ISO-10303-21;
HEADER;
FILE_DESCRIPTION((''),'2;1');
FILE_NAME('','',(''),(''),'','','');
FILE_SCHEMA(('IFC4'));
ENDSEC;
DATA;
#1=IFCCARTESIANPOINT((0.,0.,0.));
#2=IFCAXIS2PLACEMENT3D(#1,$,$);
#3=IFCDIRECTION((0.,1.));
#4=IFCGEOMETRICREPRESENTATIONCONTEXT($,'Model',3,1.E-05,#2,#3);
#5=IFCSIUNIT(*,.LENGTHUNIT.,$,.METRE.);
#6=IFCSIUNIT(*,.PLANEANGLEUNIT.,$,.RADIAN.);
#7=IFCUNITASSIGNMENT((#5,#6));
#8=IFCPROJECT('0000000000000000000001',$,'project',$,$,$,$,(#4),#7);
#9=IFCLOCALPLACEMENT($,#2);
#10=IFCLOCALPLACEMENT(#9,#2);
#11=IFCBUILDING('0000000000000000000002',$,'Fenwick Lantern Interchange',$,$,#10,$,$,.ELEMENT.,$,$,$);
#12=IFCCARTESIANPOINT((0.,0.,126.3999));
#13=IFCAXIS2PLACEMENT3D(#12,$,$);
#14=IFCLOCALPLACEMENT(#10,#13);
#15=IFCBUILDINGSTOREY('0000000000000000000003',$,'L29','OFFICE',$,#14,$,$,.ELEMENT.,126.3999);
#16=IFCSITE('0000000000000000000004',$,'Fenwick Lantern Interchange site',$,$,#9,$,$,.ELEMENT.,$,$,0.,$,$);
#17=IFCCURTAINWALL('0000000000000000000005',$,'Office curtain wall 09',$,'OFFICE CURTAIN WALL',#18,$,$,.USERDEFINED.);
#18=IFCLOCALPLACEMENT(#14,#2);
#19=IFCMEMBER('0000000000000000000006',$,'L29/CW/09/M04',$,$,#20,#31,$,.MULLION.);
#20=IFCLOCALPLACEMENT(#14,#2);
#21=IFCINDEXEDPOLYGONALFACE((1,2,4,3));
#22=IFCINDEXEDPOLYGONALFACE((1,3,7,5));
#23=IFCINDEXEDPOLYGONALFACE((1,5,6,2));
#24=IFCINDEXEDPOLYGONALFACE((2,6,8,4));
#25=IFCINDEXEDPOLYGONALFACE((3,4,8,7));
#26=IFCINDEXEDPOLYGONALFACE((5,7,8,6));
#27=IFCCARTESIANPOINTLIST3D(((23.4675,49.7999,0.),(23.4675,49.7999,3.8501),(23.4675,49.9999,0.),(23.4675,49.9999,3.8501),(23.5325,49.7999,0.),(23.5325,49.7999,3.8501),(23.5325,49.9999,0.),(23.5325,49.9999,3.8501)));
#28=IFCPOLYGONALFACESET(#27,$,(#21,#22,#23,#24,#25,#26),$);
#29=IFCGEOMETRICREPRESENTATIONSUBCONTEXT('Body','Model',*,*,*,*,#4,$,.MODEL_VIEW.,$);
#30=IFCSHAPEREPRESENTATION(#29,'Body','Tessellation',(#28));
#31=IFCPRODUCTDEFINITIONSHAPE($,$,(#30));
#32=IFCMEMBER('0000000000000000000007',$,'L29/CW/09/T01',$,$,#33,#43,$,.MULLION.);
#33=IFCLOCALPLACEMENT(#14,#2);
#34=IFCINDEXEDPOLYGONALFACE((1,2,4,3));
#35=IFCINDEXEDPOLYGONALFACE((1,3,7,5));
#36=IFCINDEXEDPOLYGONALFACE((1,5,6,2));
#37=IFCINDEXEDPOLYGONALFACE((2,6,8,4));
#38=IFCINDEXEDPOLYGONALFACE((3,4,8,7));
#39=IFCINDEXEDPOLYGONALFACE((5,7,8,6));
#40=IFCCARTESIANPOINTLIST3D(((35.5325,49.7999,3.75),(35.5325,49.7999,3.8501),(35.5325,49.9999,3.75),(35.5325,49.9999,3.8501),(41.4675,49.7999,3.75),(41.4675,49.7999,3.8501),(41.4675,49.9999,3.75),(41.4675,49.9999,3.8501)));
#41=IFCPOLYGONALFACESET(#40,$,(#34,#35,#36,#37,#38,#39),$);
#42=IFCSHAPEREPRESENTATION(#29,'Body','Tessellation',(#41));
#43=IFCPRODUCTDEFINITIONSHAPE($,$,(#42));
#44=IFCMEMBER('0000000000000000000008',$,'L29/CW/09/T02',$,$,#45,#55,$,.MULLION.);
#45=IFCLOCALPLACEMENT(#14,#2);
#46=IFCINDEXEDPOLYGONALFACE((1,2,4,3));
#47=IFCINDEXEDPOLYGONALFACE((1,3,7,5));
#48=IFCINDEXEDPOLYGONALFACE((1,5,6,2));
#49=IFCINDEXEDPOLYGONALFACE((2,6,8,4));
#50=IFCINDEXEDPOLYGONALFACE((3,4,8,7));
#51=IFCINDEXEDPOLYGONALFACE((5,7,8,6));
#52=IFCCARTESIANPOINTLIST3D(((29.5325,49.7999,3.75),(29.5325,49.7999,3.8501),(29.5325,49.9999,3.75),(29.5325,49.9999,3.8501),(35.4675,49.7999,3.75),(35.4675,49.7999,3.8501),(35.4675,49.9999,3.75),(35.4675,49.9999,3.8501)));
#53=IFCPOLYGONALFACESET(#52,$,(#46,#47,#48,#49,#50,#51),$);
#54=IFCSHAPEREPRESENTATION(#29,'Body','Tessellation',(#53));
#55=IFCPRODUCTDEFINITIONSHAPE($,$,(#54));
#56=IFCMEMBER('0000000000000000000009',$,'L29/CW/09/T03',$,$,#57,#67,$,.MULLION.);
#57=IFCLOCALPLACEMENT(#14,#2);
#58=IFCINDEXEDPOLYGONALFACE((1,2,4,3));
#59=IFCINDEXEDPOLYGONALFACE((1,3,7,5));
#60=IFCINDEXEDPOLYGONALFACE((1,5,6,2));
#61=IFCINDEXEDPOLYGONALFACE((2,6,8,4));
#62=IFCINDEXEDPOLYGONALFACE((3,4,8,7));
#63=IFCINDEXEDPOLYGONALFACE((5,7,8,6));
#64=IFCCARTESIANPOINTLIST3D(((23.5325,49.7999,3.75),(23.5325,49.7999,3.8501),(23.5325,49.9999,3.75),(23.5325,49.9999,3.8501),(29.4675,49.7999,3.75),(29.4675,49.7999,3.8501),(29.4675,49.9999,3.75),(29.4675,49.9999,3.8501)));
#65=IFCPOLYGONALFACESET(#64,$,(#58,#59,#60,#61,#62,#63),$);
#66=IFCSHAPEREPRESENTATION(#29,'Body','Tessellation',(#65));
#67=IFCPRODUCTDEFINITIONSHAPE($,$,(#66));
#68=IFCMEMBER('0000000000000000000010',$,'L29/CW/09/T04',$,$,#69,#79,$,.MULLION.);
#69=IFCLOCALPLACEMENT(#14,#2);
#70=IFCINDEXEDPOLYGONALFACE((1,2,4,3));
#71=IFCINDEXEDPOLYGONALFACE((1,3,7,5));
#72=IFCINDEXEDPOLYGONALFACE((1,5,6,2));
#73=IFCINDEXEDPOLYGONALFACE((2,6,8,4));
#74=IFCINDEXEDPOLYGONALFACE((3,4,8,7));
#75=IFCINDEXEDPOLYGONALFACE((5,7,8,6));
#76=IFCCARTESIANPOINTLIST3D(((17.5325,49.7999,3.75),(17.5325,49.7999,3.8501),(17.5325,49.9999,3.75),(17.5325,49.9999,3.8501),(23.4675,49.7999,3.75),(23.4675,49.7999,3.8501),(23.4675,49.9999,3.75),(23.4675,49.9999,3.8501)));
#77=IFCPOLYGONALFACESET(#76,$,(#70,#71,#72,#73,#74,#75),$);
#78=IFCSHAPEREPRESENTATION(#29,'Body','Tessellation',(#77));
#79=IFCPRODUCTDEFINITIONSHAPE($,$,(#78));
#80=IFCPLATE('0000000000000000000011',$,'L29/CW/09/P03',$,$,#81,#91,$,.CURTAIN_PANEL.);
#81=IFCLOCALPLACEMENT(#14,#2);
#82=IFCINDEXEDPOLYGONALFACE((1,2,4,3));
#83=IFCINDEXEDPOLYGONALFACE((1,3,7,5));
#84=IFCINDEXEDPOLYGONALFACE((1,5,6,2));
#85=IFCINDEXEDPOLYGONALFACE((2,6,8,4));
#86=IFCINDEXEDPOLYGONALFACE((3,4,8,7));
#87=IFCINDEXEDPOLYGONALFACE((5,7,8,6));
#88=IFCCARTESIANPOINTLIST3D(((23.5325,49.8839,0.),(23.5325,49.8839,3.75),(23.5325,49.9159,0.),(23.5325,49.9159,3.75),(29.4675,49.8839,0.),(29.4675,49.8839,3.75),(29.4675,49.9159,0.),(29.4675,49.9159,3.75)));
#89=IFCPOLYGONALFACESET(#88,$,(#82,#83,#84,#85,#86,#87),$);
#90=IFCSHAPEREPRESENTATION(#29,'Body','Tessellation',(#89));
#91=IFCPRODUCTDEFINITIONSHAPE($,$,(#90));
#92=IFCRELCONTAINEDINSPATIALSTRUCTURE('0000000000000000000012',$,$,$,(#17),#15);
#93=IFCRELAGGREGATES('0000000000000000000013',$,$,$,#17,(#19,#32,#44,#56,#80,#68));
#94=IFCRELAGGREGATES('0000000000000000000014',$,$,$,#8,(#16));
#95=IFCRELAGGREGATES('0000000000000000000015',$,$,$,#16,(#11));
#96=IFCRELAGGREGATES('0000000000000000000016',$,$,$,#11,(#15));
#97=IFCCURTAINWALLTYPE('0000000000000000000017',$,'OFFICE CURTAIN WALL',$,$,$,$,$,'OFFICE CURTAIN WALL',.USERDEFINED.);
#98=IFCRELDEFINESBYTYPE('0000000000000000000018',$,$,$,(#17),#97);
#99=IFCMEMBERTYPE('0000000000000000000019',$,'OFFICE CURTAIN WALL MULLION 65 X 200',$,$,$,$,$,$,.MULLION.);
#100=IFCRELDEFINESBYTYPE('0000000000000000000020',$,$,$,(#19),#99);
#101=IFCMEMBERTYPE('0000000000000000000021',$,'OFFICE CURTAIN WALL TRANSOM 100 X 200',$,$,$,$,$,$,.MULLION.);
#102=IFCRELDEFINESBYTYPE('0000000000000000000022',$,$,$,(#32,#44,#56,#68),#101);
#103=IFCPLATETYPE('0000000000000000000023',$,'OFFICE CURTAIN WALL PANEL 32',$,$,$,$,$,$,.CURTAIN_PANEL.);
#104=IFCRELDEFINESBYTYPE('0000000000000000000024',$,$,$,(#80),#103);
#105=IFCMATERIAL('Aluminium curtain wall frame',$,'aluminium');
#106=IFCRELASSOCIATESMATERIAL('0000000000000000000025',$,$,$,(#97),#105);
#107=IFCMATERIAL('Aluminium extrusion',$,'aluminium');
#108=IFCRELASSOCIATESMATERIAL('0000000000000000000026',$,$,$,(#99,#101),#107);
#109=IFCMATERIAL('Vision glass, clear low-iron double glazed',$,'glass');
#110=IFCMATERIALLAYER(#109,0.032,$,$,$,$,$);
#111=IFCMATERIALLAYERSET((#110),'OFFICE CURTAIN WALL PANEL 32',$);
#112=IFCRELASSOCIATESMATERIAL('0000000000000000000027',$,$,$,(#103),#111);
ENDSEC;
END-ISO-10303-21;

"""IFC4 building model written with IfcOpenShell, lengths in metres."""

from ifc_helpers import new_model, si_unit, direction, frame, origin, origin_2d, place, context, subcontext, project, spatial, rectangle, extrude, material, layer, layer_set, material_profile, profile_set, type_object, element, aggregate, save


model = new_model("IFC4")

# Units and contexts
model_context = context("Model", 3, precision=1e-05, world=origin(), true_north=direction((0.0, 1.0)))
body_context = subcontext(model_context, "Body", "Model", "MODEL_VIEW")
ifc_project = project(units=[si_unit("LENGTHUNIT", "METRE"), si_unit("PLANEANGLEUNIT", "RADIAN")], contexts=[model_context])

# Site, building, storey
site_placement = place(None, origin())
site = spatial("IfcSite", under=ifc_project, at=site_placement, Name="Fenwick Lantern Interchange site", CompositionType="ELEMENT", RefElevation=0.0)
building_placement = place(site_placement, origin())
building = spatial("IfcBuilding", under=site, at=building_placement, Name="Fenwick Lantern Interchange", CompositionType="ELEMENT")
storey_placement = place(building_placement, frame((0.0, 0.0, 126.3999)))
storey = spatial("IfcBuildingStorey", under=building, at=storey_placement, Name="L29", Description="OFFICE", CompositionType="ELEMENT", Elevation=126.3999)

# Curtain wall, members, plate
ifc_material_1 = material(Name="Aluminium curtain wall frame", Category="aluminium")
curtain_wall_type = type_object("IfcCurtainWallType", Name="OFFICE CURTAIN WALL", ElementType="OFFICE CURTAIN WALL", PredefinedType="USERDEFINED", material=ifc_material_1)
curtain_wall_placement = place(storey_placement, origin())
curtain_wall = element("IfcCurtainWall", 1, at=curtain_wall_placement, inside=storey, type_object=curtain_wall_type, Name="Office curtain wall 09", ObjectType="OFFICE CURTAIN WALL", PredefinedType="USERDEFINED")
ifc_material_2 = material(Name="Aluminium extrusion", Category="aluminium")
ifc_material_profile_1 = material_profile(ifc_material_2, rectangle(XDim=0.2, YDim=0.0649, at=origin_2d()), Name="OFFICE CURTAIN WALL MULLION 65 X 200")
ifc_profile_set_1 = profile_set([ifc_material_profile_1], Name="Aluminium extrusion")
member_type_1 = type_object("IfcMemberType", Name="OFFICE CURTAIN WALL MULLION 65 X 200", PredefinedType="MULLION", material=ifc_profile_set_1)
member_1_placement = place(storey_placement, frame((23.5, 49.8999, 0.0), z_axis=(0.0, 0.0, 1.0), x_axis=(0.0, -1.0, 0.0)))
member_1 = element("IfcMember", 2, at=member_1_placement, type_object=member_type_1, Name="L29/CW/09/M04", PredefinedType="MULLION", context=body_context, shape_type="SweptSolid", body=[
    extrude(rectangle(XDim=0.2, YDim=0.0649, at=origin_2d()), origin(), (0.0, 0.0, 1.0), 3.8501),
])
ifc_material_profile_2 = material_profile(ifc_material_2, rectangle(XDim=0.2, YDim=0.1001, at=origin_2d()), Name="OFFICE CURTAIN WALL TRANSOM 100 X 200")
ifc_profile_set_2 = profile_set([ifc_material_profile_2], Name="Aluminium extrusion")
member_type_2 = type_object("IfcMemberType", Name="OFFICE CURTAIN WALL TRANSOM 100 X 200", PredefinedType="MULLION", material=ifc_profile_set_2)
member_2_placement = place(storey_placement, frame((41.4675, 49.8999, 3.8), z_axis=(-1.0, 0.0, 0.0), x_axis=(0.0, -1.0, 0.0)))
member_2 = element("IfcMember", 3, at=member_2_placement, type_object=member_type_2, Name="L29/CW/09/T01", PredefinedType="MULLION", context=body_context, shape_type="SweptSolid", body=[
    extrude(rectangle(XDim=0.2, YDim=0.1001, at=origin_2d()), origin(), (0.0, 0.0, 1.0), 5.9351),
])
member_3_placement = place(storey_placement, frame((35.4675, 49.8999, 3.8), z_axis=(-1.0, 0.0, 0.0), x_axis=(0.0, -1.0, 0.0)))
member_3 = element("IfcMember", 4, at=member_3_placement, type_object=member_type_2, Name="L29/CW/09/T02", PredefinedType="MULLION", context=body_context, shape_type="SweptSolid", body=[
    extrude(rectangle(XDim=0.2, YDim=0.1001, at=origin_2d()), origin(), (0.0, 0.0, 1.0), 5.9351),
])
member_4_placement = place(storey_placement, frame((29.4675, 49.8999, 3.8), z_axis=(-1.0, 0.0, 0.0), x_axis=(0.0, -1.0, 0.0)))
member_4 = element("IfcMember", 5, at=member_4_placement, type_object=member_type_2, Name="L29/CW/09/T03", PredefinedType="MULLION", context=body_context, shape_type="SweptSolid", body=[
    extrude(rectangle(XDim=0.2, YDim=0.1001, at=origin_2d()), origin(), (0.0, 0.0, 1.0), 5.9351),
])
member_5_placement = place(storey_placement, frame((23.4675, 49.8999, 3.8), z_axis=(-1.0, 0.0, 0.0), x_axis=(0.0, -1.0, 0.0)))
member_5 = element("IfcMember", 6, at=member_5_placement, type_object=member_type_2, Name="L29/CW/09/T04", PredefinedType="MULLION", context=body_context, shape_type="SweptSolid", body=[
    extrude(rectangle(XDim=0.2, YDim=0.1001, at=origin_2d()), origin(), (0.0, 0.0, 1.0), 5.9351),
])
ifc_material_3 = material(Name="Vision glass, clear low-iron double glazed", Category="glass")
ifc_layer = layer(ifc_material_3, 0.032)
ifc_layer_set = layer_set([ifc_layer], Name="OFFICE CURTAIN WALL PANEL 32")
plate_type = type_object("IfcPlateType", Name="OFFICE CURTAIN WALL PANEL 32", PredefinedType="CURTAIN_PANEL", material=ifc_layer_set)
plate_placement = place(storey_placement, frame((26.5, 49.8999, 0.0), z_axis=(0.0, 0.0, 1.0), x_axis=(-1.0, 0.0, 0.0)))
plate = element("IfcPlate", 7, at=plate_placement, type_object=plate_type, Name="L29/CW/09/P03", PredefinedType="CURTAIN_PANEL", context=body_context, shape_type="SweptSolid", body=[
    extrude(rectangle(XDim=5.9351, YDim=0.032, at=origin_2d()), origin(), (0.0, 0.0, 1.0), 3.75),
])
aggregate(curtain_wall, [member_1, member_2, member_3, member_4, plate, member_5])

save(model, "model.ifc")
